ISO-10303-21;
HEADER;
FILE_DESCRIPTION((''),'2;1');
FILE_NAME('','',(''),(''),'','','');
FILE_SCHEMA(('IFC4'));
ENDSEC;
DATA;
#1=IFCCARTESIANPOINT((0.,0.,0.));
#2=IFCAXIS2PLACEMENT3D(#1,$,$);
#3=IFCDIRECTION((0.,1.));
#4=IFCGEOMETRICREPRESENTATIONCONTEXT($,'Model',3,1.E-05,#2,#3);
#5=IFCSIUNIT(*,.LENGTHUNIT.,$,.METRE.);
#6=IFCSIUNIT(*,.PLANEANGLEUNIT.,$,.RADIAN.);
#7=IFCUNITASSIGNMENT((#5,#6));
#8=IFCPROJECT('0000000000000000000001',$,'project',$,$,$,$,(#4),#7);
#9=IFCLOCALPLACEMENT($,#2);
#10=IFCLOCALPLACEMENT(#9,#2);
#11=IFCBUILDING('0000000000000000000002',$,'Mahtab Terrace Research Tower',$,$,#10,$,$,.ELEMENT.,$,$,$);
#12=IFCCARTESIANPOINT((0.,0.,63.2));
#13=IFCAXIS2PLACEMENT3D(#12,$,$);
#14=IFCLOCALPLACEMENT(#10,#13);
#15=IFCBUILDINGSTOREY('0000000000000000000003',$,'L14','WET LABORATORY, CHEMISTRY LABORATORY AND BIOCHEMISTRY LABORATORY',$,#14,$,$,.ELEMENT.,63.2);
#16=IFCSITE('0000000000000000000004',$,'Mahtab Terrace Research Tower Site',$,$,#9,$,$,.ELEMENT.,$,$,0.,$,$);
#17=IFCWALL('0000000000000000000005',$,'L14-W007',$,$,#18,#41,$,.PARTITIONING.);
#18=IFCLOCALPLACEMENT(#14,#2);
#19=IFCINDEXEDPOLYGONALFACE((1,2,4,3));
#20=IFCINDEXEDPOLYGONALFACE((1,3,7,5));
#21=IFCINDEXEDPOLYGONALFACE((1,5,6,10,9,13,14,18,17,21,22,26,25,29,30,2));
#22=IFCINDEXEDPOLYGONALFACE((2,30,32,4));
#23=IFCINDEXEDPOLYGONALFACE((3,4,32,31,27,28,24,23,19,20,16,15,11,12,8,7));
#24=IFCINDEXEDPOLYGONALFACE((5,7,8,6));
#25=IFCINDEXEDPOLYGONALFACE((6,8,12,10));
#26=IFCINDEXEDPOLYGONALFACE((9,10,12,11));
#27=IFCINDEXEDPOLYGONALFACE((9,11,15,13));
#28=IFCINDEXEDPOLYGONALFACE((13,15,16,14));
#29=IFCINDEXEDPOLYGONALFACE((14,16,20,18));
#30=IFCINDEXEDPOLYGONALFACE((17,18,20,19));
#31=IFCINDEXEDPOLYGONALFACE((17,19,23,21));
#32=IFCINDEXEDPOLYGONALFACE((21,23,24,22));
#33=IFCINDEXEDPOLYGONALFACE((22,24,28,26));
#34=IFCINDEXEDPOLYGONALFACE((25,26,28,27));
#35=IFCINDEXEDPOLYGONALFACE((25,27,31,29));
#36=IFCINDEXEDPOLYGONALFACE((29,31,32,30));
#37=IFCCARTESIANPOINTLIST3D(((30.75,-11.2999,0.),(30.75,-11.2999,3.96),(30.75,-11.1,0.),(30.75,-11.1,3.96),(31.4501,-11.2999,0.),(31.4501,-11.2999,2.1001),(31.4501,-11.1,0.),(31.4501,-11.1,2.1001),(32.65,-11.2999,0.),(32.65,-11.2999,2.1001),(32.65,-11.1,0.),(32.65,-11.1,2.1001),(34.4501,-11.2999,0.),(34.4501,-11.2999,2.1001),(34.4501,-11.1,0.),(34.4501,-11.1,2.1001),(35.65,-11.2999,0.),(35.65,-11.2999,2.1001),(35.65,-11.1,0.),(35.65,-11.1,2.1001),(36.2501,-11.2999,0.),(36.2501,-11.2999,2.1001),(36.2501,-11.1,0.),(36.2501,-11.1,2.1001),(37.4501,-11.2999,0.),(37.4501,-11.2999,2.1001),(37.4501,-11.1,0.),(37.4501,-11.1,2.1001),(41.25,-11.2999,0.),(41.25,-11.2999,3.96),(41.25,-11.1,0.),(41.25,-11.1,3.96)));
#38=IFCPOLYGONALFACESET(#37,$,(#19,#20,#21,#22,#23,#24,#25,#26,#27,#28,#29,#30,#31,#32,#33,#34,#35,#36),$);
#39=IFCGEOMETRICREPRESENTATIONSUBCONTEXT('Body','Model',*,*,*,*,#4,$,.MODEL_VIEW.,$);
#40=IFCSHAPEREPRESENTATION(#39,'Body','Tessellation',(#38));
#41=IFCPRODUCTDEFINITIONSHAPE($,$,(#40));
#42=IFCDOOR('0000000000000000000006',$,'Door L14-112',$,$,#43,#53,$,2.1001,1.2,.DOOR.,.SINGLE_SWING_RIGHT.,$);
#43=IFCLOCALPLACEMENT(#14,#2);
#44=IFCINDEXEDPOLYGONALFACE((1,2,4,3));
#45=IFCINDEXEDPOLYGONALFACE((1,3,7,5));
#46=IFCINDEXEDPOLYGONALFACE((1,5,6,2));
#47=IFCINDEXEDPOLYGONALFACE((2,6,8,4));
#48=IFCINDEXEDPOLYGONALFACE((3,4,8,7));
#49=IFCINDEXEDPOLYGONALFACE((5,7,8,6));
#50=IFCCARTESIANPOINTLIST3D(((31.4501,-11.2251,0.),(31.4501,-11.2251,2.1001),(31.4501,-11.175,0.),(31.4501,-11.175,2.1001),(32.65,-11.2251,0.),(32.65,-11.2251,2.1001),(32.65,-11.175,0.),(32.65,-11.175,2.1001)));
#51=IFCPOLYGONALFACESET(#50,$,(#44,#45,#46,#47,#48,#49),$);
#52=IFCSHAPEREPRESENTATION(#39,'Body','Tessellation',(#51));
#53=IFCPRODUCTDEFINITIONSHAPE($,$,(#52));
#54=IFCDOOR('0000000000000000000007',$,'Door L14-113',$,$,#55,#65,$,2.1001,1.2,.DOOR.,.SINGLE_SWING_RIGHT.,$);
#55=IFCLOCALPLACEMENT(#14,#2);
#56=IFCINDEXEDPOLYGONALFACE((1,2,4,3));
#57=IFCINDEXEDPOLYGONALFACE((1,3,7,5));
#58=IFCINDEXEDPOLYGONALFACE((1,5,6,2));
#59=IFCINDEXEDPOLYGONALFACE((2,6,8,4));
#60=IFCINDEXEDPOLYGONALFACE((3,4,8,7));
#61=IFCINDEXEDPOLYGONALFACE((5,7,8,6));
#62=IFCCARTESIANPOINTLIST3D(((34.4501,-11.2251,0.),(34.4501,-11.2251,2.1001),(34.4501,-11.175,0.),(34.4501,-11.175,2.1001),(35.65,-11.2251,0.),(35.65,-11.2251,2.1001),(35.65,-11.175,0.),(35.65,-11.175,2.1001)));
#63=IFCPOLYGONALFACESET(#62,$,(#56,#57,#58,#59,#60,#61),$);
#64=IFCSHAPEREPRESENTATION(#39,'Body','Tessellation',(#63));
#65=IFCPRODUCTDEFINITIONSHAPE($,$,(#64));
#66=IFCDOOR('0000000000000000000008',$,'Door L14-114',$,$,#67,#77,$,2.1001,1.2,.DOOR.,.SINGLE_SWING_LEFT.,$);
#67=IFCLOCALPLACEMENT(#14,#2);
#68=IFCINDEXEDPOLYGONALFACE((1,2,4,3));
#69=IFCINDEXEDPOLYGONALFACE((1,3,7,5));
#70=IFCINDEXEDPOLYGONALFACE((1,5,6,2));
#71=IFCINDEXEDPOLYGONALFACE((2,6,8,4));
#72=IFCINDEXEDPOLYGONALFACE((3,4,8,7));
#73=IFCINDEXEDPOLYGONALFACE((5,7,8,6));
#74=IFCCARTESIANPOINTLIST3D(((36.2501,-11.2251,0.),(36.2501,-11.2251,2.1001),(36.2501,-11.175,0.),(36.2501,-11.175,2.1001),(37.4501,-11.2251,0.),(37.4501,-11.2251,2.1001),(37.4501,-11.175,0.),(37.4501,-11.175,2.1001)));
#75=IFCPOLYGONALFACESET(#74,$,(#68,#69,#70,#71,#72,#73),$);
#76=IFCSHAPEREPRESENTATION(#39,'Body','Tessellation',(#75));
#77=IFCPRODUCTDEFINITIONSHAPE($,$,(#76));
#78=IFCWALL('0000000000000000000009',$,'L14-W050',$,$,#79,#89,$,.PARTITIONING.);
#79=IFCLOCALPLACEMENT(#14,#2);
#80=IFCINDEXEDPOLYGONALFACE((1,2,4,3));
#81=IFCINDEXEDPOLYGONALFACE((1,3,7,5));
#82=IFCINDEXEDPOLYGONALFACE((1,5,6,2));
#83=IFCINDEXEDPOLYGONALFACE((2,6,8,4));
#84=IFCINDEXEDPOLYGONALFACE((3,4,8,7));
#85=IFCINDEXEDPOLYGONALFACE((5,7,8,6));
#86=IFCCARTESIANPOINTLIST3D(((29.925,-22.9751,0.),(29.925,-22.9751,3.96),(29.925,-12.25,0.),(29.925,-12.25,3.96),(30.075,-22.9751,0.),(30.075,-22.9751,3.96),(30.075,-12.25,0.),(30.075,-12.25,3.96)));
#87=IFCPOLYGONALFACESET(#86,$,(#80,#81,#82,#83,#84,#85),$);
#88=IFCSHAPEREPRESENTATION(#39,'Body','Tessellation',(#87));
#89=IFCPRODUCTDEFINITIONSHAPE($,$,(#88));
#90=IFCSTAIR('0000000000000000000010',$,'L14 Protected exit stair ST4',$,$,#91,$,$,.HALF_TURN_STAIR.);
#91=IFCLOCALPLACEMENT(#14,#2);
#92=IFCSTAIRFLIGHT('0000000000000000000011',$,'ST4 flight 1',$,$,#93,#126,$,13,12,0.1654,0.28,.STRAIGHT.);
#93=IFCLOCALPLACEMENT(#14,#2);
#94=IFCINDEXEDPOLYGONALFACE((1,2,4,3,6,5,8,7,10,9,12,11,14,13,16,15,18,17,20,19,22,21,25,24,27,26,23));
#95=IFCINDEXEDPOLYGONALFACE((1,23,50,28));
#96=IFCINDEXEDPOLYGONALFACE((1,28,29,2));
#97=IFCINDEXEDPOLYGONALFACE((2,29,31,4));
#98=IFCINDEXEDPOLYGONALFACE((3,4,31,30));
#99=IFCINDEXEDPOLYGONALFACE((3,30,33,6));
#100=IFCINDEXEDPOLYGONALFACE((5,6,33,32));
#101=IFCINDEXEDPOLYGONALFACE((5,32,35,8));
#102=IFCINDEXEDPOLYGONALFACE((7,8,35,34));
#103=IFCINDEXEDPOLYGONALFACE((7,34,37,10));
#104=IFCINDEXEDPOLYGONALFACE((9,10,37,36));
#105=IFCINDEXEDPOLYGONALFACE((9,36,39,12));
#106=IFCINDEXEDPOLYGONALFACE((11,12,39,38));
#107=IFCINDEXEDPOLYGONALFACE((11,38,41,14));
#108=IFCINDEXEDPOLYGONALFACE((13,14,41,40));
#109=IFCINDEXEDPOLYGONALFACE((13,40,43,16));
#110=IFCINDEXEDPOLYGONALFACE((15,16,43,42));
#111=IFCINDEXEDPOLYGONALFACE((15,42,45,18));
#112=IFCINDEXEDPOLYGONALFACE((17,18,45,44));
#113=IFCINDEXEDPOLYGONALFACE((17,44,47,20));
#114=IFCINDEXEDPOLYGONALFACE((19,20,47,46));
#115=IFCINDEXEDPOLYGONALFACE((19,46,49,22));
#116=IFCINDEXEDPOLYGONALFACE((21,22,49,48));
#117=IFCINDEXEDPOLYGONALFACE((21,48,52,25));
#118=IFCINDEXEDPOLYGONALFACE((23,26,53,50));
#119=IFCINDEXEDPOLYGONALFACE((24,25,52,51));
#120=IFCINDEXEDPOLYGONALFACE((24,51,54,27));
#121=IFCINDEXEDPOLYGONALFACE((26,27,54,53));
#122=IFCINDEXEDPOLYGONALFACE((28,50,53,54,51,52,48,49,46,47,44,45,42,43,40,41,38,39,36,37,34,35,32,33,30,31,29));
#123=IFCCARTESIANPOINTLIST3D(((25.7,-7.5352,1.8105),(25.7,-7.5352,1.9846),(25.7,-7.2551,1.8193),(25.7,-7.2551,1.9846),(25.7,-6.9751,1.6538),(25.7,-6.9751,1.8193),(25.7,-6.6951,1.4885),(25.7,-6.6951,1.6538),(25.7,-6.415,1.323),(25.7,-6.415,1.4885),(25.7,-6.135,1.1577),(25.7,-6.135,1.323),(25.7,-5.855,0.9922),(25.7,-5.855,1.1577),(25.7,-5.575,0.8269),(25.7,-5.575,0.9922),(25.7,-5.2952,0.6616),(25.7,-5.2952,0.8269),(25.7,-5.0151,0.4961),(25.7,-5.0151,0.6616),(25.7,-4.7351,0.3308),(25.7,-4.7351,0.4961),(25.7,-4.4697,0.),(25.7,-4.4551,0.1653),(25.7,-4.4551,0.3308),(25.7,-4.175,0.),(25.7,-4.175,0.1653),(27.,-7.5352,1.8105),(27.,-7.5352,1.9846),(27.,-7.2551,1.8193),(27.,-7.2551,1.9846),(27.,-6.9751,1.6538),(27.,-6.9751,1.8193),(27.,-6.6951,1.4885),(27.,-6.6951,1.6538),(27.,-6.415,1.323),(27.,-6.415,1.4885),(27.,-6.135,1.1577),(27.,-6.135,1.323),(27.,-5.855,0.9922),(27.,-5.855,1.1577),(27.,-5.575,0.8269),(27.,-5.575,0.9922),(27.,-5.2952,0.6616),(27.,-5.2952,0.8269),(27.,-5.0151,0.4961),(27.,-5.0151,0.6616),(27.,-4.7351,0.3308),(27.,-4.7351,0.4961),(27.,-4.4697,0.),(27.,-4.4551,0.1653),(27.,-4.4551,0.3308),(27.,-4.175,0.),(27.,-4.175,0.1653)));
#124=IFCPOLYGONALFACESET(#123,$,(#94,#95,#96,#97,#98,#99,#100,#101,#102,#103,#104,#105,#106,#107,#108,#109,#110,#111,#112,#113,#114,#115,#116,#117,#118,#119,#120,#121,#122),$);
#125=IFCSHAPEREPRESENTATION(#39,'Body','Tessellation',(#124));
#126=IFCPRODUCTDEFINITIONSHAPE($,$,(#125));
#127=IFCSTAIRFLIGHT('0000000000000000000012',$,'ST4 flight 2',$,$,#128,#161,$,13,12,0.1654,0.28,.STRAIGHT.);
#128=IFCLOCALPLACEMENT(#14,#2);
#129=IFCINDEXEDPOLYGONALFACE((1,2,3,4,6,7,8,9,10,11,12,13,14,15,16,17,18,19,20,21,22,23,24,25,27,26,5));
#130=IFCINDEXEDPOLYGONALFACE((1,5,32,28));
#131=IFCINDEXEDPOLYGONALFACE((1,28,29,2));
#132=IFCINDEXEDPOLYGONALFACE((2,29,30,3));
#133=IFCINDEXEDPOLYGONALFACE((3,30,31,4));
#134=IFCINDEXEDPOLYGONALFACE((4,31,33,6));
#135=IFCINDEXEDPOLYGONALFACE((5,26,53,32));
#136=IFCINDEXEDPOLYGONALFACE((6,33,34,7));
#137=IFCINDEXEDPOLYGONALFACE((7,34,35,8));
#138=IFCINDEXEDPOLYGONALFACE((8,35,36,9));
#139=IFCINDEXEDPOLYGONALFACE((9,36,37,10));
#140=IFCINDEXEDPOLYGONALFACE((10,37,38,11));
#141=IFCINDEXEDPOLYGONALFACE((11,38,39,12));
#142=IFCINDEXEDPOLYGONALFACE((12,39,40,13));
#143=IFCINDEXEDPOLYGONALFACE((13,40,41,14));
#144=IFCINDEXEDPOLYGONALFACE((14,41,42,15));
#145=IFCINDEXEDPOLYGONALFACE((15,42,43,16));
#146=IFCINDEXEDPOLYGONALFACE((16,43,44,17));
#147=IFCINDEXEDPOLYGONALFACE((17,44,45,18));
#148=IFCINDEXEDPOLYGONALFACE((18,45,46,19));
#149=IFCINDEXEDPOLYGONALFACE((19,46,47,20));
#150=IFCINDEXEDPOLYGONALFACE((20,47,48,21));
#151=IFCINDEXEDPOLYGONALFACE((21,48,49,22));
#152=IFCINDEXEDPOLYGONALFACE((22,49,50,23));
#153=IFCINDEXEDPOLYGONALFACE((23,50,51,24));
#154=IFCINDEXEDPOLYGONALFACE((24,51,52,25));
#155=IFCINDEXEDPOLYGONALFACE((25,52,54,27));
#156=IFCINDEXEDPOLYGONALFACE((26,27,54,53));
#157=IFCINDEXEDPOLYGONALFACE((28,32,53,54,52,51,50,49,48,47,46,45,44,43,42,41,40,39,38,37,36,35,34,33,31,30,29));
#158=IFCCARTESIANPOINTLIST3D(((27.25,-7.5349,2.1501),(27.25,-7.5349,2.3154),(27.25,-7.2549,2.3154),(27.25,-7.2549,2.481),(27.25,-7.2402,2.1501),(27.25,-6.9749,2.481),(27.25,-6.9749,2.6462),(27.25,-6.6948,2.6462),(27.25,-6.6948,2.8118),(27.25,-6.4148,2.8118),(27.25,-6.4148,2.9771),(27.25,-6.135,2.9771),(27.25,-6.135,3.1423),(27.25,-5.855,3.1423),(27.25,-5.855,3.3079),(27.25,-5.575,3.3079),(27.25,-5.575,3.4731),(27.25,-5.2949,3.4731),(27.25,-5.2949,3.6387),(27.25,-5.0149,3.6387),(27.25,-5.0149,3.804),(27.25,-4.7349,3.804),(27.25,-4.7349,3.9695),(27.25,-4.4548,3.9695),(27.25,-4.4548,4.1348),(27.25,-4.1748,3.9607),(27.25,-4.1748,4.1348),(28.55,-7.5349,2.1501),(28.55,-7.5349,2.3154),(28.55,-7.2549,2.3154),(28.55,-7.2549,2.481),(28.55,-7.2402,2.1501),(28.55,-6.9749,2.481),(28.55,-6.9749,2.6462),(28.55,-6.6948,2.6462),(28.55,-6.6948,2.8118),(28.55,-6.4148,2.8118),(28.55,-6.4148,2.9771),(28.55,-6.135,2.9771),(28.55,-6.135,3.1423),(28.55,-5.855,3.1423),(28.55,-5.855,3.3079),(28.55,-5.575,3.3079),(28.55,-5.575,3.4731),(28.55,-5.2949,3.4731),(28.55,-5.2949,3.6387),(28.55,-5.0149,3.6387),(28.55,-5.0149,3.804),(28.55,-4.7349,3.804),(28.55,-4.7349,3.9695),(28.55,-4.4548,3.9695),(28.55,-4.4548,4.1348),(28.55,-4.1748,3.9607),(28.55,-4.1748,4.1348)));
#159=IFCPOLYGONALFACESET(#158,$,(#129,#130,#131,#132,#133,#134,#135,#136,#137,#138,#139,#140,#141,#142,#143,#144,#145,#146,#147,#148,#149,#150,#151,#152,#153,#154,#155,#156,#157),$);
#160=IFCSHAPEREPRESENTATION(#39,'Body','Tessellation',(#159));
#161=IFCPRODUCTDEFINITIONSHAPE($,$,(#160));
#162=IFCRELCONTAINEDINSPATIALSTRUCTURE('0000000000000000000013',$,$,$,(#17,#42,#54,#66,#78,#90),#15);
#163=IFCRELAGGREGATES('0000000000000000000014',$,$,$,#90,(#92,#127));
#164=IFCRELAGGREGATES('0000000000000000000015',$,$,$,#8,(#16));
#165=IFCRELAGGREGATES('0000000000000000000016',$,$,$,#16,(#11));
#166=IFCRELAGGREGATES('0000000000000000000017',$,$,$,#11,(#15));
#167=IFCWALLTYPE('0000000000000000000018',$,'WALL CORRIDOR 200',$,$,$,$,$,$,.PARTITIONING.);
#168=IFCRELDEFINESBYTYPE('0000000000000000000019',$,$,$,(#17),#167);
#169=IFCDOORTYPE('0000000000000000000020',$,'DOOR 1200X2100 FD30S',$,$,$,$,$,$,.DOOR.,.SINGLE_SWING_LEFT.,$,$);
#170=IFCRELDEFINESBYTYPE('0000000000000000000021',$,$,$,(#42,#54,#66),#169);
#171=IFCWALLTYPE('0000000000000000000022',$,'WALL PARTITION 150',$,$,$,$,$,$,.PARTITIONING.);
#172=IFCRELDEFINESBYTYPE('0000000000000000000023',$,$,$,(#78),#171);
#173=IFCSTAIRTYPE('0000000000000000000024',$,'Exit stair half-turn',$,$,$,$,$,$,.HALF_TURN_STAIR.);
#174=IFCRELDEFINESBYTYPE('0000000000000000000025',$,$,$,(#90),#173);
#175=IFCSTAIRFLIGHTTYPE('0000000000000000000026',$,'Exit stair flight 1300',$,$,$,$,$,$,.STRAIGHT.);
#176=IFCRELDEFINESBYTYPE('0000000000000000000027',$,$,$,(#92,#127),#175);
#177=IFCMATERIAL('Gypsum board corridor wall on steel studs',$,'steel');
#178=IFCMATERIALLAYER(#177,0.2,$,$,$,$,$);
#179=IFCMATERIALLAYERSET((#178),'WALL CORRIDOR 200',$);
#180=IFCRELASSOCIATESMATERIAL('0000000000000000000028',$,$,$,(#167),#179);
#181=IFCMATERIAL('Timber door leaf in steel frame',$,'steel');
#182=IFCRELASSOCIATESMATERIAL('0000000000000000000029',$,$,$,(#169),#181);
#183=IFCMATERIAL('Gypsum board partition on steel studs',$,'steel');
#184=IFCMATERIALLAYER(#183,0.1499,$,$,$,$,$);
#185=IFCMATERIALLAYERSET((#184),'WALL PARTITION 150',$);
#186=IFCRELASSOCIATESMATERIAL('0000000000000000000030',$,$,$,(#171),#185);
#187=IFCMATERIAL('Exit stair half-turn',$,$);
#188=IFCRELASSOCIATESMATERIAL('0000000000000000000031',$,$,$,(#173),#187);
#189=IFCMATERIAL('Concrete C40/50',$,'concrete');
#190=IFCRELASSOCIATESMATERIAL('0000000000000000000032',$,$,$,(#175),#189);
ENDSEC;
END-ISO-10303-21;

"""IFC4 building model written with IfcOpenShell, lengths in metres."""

from ifc_helpers import new_model, si_unit, direction, frame, frame_2d, origin, place, context, subcontext, project, spatial, polyline, rectangle, outline, extrude, material, layer, layer_set, type_object, element, fill, aggregate, save


model = new_model("IFC4")

# Units and contexts
model_context = context("Model", 3, precision=1e-05, world=origin(), true_north=direction((0.0, 1.0)))
body_context = subcontext(model_context, "Body", "Model", "MODEL_VIEW")
ifc_project = project(units=[si_unit("LENGTHUNIT", "METRE"), si_unit("PLANEANGLEUNIT", "RADIAN")], contexts=[model_context])

# Site, building, storey
site_placement = place(None, origin())
site = spatial("IfcSite", under=ifc_project, at=site_placement, Name="Mahtab Terrace Research Tower Site", CompositionType="ELEMENT", RefElevation=0.0)
building_placement = place(site_placement, origin())
building = spatial("IfcBuilding", under=site, at=building_placement, Name="Mahtab Terrace Research Tower", CompositionType="ELEMENT")
storey_placement = place(building_placement, frame((0.0, 0.0, 63.2)))
storey = spatial("IfcBuildingStorey", under=building, at=storey_placement, Name="L14", Description="WET LABORATORY, CHEMISTRY LABORATORY AND BIOCHEMISTRY LABORATORY", CompositionType="ELEMENT", Elevation=63.2)

# Wall, openings, doors
ifc_material_1 = material(Name="Gypsum board corridor wall on steel studs", Category="steel")
ifc_layer_1 = layer(ifc_material_1, 0.2)
ifc_layer_set_1 = layer_set([ifc_layer_1], Name="WALL CORRIDOR 200")
wall_type_1 = type_object("IfcWallType", Name="WALL CORRIDOR 200", PredefinedType="PARTITIONING", material=ifc_layer_set_1)
wall_1_placement = place(storey_placement, frame((30.75, -11.2, 0.0), z_axis=(0.0, 0.0, 1.0), x_axis=(1.0, 0.0, 0.0)))
wall_1 = element("IfcWall", 1, at=wall_1_placement, inside=storey, type_object=wall_type_1, Name="L14-W007", PredefinedType="PARTITIONING", context=body_context, shape_type="SweptSolid", body=[
    extrude(rectangle(XDim=10.5, YDim=0.2, at=frame_2d((5.25, 0.0))), origin(), (0.0, 0.0, 1.0), 3.96),
])
opening_1_placement = place(wall_1_placement, frame((0.7, 0.0, 0.0)))
opening_1 = element("IfcOpeningElement", 2, at=opening_1_placement, cuts=wall_1, PredefinedType="OPENING", context=body_context, shape_type="SweptSolid", body=[
    extrude(rectangle(XDim=1.2, YDim=2.1001, at=frame_2d((0.6001, 1.05))), frame((0.0, 0.1099, 0.0), z_axis=(0.0, -1.0, 0.0), x_axis=(1.0, 0.0, 0.0)), (0.0, 0.0, 1.0), 0.22),
])
opening_2_placement = place(wall_1_placement, frame((3.7, 0.0, 0.0)))
opening_2 = element("IfcOpeningElement", 3, at=opening_2_placement, cuts=wall_1, PredefinedType="OPENING", context=body_context, shape_type="SweptSolid", body=[
    extrude(rectangle(XDim=1.2, YDim=2.1001, at=frame_2d((0.6001, 1.05))), frame((0.0, 0.1099, 0.0), z_axis=(0.0, -1.0, 0.0), x_axis=(1.0, 0.0, 0.0)), (0.0, 0.0, 1.0), 0.22),
])
opening_3_placement = place(wall_1_placement, frame((5.5, 0.0, 0.0)))
opening_3 = element("IfcOpeningElement", 4, at=opening_3_placement, cuts=wall_1, PredefinedType="OPENING", context=body_context, shape_type="SweptSolid", body=[
    extrude(rectangle(XDim=1.2, YDim=2.1001, at=frame_2d((0.6001, 1.05))), frame((0.0, 0.1099, 0.0), z_axis=(0.0, -1.0, 0.0), x_axis=(1.0, 0.0, 0.0)), (0.0, 0.0, 1.0), 0.22),
])
ifc_material_2 = material(Name="Timber door leaf in steel frame", Category="steel")
door_type_1 = type_object("IfcDoorType", Name="DOOR 1200X2100 FD30S", OperationType="SINGLE_SWING_LEFT", PredefinedType="DOOR", material=ifc_material_2)
door_1_placement = place(opening_1_placement, origin())
door_1 = element("IfcDoor", 5, at=door_1_placement, inside=storey, type_object=door_type_1, Name="Door L14-112", OperationType="SINGLE_SWING_RIGHT", OverallHeight=2.1001, OverallWidth=1.2, PredefinedType="DOOR", context=body_context, shape_type="SweptSolid", body=[
    extrude(rectangle(XDim=1.2, YDim=2.1001, at=frame_2d((0.6001, 1.05))), frame((0.0, 0.0249, 0.0), z_axis=(0.0, -1.0, 0.0), x_axis=(1.0, 0.0, 0.0)), (0.0, 0.0, 1.0), 0.05),
])
fill(opening_1, door_1)
door_2_placement = place(opening_2_placement, origin())
door_2 = element("IfcDoor", 6, at=door_2_placement, inside=storey, type_object=door_type_1, Name="Door L14-113", OperationType="SINGLE_SWING_RIGHT", OverallHeight=2.1001, OverallWidth=1.2, PredefinedType="DOOR", context=body_context, shape_type="SweptSolid", body=[
    extrude(rectangle(XDim=1.2, YDim=2.1001, at=frame_2d((0.6001, 1.05))), frame((0.0, 0.0249, 0.0), z_axis=(0.0, -1.0, 0.0), x_axis=(1.0, 0.0, 0.0)), (0.0, 0.0, 1.0), 0.05),
])
fill(opening_2, door_2)
door_3_placement = place(opening_3_placement, origin())
door_3 = element("IfcDoor", 7, at=door_3_placement, inside=storey, type_object=door_type_1, Name="Door L14-114", OperationType="SINGLE_SWING_LEFT", OverallHeight=2.1001, OverallWidth=1.2, PredefinedType="DOOR", context=body_context, shape_type="SweptSolid", body=[
    extrude(rectangle(XDim=1.2, YDim=2.1001, at=frame_2d((0.6001, 1.05))), frame((0.0, 0.0249, 0.0), z_axis=(0.0, -1.0, 0.0), x_axis=(1.0, 0.0, 0.0)), (0.0, 0.0, 1.0), 0.05),
])
fill(opening_3, door_3)

# Wall
ifc_material_3 = material(Name="Gypsum board partition on steel studs", Category="steel")
ifc_layer_2 = layer(ifc_material_3, 0.1499)
ifc_layer_set_2 = layer_set([ifc_layer_2], Name="WALL PARTITION 150")
wall_type_2 = type_object("IfcWallType", Name="WALL PARTITION 150", PredefinedType="PARTITIONING", material=ifc_layer_set_2)
wall_2_placement = place(storey_placement, frame((30.0, -22.9751, 0.0), z_axis=(0.0, 0.0, 1.0), x_axis=(0.0, 1.0, 0.0)))
element("IfcWall", 8, at=wall_2_placement, inside=storey, type_object=wall_type_2, Name="L14-W050", PredefinedType="PARTITIONING", context=body_context, shape_type="SweptSolid", body=[
    extrude(rectangle(XDim=10.7251, YDim=0.1499, at=frame_2d((5.3625, 0.0))), origin(), (0.0, 0.0, 1.0), 3.96),
])

# Stair, stair flights
ifc_material_4 = material(Name="Exit stair half-turn")
stair_type = type_object("IfcStairType", Name="Exit stair half-turn", PredefinedType="HALF_TURN_STAIR", material=ifc_material_4)
stair_placement = place(storey_placement, origin())
stair = element("IfcStair", 9, at=stair_placement, inside=storey, type_object=stair_type, Name="L14 Protected exit stair ST4", PredefinedType="HALF_TURN_STAIR")
ifc_material_5 = material(Name="Concrete C40/50", Category="concrete")
stair_flight_type = type_object("IfcStairFlightType", Name="Exit stair flight 1300", PredefinedType="STRAIGHT", material=ifc_material_5)
stair_flight_1_placement = place(storey_placement, frame((26.3501, -4.175, 0.0), z_axis=(0.0, 0.0, 1.0), x_axis=(0.0, -1.0, 0.0)))
stair_flight_1 = element("IfcStairFlight", 10, at=stair_flight_1_placement, type_object=stair_flight_type, Name="ST4 flight 1", NumberOfRisers=13, NumberOfTreads=12, PredefinedType="STRAIGHT", RiserHeight=0.1654, TreadLength=0.28, context=body_context, shape_type="SweptSolid", body=[
    extrude(outline(polyline([(0.0, 0.0), (0.0, 0.1653), (0.28, 0.1653), (0.28, 0.3308), (0.5601, 0.3308), (0.5601, 0.4961), (0.8401, 0.4961), (0.8401, 0.6616), (1.1201, 0.6616), (1.1201, 0.8269), (1.3999, 0.8269), (1.3999, 0.9922), (1.6799, 0.9922), (1.6799, 1.1577), (1.96, 1.1577), (1.96, 1.323), (2.24, 1.323), (2.24, 1.4885), (2.52, 1.4885), (2.52, 1.6538), (2.8, 1.6538), (2.8, 1.8193), (3.0801, 1.8193), (3.0801, 1.9846), (3.3601, 1.9846), (3.3601, 2.1499), (3.3601, 1.8105), (0.2947, 0.0), (0.0, 0.0)])), frame((0.0, 0.6499, 0.0), z_axis=(0.0, -1.0, 0.0), x_axis=(1.0, 0.0, 0.0)), (0.0, 0.0, 1.0), 1.3),
])
stair_flight_2_placement = place(storey_placement, frame((27.8999, -7.5349, 2.1501), z_axis=(0.0, 0.0, 1.0), x_axis=(0.0, 1.0, 0.0)))
stair_flight_2 = element("IfcStairFlight", 11, at=stair_flight_2_placement, type_object=stair_flight_type, Name="ST4 flight 2", NumberOfRisers=13, NumberOfTreads=12, PredefinedType="STRAIGHT", RiserHeight=0.1654, TreadLength=0.28, context=body_context, shape_type="SweptSolid", body=[
    extrude(outline(polyline([(0.0, 0.0), (0.0, 0.1653), (0.28, 0.1653), (0.28, 0.3308), (0.5601, 0.3308), (0.5601, 0.4961), (0.8401, 0.4961), (0.8401, 0.6616), (1.1201, 0.6616), (1.1201, 0.8269), (1.3999, 0.8269), (1.3999, 0.9922), (1.6799, 0.9922), (1.6799, 1.1577), (1.96, 1.1577), (1.96, 1.323), (2.24, 1.323), (2.24, 1.4885), (2.52, 1.4885), (2.52, 1.6538), (2.8, 1.6538), (2.8, 1.8193), (3.0801, 1.8193), (3.0801, 1.9846), (3.3601, 1.9846), (3.3601, 2.1499), (3.3601, 1.8105), (0.2947, 0.0), (0.0, 0.0)])), frame((0.0, 0.6499, 0.0), z_axis=(0.0, -1.0, 0.0), x_axis=(1.0, 0.0, 0.0)), (0.0, 0.0, 1.0), 1.3),
])
aggregate(stair, [stair_flight_1, stair_flight_2])

save(model, "model.ifc")
